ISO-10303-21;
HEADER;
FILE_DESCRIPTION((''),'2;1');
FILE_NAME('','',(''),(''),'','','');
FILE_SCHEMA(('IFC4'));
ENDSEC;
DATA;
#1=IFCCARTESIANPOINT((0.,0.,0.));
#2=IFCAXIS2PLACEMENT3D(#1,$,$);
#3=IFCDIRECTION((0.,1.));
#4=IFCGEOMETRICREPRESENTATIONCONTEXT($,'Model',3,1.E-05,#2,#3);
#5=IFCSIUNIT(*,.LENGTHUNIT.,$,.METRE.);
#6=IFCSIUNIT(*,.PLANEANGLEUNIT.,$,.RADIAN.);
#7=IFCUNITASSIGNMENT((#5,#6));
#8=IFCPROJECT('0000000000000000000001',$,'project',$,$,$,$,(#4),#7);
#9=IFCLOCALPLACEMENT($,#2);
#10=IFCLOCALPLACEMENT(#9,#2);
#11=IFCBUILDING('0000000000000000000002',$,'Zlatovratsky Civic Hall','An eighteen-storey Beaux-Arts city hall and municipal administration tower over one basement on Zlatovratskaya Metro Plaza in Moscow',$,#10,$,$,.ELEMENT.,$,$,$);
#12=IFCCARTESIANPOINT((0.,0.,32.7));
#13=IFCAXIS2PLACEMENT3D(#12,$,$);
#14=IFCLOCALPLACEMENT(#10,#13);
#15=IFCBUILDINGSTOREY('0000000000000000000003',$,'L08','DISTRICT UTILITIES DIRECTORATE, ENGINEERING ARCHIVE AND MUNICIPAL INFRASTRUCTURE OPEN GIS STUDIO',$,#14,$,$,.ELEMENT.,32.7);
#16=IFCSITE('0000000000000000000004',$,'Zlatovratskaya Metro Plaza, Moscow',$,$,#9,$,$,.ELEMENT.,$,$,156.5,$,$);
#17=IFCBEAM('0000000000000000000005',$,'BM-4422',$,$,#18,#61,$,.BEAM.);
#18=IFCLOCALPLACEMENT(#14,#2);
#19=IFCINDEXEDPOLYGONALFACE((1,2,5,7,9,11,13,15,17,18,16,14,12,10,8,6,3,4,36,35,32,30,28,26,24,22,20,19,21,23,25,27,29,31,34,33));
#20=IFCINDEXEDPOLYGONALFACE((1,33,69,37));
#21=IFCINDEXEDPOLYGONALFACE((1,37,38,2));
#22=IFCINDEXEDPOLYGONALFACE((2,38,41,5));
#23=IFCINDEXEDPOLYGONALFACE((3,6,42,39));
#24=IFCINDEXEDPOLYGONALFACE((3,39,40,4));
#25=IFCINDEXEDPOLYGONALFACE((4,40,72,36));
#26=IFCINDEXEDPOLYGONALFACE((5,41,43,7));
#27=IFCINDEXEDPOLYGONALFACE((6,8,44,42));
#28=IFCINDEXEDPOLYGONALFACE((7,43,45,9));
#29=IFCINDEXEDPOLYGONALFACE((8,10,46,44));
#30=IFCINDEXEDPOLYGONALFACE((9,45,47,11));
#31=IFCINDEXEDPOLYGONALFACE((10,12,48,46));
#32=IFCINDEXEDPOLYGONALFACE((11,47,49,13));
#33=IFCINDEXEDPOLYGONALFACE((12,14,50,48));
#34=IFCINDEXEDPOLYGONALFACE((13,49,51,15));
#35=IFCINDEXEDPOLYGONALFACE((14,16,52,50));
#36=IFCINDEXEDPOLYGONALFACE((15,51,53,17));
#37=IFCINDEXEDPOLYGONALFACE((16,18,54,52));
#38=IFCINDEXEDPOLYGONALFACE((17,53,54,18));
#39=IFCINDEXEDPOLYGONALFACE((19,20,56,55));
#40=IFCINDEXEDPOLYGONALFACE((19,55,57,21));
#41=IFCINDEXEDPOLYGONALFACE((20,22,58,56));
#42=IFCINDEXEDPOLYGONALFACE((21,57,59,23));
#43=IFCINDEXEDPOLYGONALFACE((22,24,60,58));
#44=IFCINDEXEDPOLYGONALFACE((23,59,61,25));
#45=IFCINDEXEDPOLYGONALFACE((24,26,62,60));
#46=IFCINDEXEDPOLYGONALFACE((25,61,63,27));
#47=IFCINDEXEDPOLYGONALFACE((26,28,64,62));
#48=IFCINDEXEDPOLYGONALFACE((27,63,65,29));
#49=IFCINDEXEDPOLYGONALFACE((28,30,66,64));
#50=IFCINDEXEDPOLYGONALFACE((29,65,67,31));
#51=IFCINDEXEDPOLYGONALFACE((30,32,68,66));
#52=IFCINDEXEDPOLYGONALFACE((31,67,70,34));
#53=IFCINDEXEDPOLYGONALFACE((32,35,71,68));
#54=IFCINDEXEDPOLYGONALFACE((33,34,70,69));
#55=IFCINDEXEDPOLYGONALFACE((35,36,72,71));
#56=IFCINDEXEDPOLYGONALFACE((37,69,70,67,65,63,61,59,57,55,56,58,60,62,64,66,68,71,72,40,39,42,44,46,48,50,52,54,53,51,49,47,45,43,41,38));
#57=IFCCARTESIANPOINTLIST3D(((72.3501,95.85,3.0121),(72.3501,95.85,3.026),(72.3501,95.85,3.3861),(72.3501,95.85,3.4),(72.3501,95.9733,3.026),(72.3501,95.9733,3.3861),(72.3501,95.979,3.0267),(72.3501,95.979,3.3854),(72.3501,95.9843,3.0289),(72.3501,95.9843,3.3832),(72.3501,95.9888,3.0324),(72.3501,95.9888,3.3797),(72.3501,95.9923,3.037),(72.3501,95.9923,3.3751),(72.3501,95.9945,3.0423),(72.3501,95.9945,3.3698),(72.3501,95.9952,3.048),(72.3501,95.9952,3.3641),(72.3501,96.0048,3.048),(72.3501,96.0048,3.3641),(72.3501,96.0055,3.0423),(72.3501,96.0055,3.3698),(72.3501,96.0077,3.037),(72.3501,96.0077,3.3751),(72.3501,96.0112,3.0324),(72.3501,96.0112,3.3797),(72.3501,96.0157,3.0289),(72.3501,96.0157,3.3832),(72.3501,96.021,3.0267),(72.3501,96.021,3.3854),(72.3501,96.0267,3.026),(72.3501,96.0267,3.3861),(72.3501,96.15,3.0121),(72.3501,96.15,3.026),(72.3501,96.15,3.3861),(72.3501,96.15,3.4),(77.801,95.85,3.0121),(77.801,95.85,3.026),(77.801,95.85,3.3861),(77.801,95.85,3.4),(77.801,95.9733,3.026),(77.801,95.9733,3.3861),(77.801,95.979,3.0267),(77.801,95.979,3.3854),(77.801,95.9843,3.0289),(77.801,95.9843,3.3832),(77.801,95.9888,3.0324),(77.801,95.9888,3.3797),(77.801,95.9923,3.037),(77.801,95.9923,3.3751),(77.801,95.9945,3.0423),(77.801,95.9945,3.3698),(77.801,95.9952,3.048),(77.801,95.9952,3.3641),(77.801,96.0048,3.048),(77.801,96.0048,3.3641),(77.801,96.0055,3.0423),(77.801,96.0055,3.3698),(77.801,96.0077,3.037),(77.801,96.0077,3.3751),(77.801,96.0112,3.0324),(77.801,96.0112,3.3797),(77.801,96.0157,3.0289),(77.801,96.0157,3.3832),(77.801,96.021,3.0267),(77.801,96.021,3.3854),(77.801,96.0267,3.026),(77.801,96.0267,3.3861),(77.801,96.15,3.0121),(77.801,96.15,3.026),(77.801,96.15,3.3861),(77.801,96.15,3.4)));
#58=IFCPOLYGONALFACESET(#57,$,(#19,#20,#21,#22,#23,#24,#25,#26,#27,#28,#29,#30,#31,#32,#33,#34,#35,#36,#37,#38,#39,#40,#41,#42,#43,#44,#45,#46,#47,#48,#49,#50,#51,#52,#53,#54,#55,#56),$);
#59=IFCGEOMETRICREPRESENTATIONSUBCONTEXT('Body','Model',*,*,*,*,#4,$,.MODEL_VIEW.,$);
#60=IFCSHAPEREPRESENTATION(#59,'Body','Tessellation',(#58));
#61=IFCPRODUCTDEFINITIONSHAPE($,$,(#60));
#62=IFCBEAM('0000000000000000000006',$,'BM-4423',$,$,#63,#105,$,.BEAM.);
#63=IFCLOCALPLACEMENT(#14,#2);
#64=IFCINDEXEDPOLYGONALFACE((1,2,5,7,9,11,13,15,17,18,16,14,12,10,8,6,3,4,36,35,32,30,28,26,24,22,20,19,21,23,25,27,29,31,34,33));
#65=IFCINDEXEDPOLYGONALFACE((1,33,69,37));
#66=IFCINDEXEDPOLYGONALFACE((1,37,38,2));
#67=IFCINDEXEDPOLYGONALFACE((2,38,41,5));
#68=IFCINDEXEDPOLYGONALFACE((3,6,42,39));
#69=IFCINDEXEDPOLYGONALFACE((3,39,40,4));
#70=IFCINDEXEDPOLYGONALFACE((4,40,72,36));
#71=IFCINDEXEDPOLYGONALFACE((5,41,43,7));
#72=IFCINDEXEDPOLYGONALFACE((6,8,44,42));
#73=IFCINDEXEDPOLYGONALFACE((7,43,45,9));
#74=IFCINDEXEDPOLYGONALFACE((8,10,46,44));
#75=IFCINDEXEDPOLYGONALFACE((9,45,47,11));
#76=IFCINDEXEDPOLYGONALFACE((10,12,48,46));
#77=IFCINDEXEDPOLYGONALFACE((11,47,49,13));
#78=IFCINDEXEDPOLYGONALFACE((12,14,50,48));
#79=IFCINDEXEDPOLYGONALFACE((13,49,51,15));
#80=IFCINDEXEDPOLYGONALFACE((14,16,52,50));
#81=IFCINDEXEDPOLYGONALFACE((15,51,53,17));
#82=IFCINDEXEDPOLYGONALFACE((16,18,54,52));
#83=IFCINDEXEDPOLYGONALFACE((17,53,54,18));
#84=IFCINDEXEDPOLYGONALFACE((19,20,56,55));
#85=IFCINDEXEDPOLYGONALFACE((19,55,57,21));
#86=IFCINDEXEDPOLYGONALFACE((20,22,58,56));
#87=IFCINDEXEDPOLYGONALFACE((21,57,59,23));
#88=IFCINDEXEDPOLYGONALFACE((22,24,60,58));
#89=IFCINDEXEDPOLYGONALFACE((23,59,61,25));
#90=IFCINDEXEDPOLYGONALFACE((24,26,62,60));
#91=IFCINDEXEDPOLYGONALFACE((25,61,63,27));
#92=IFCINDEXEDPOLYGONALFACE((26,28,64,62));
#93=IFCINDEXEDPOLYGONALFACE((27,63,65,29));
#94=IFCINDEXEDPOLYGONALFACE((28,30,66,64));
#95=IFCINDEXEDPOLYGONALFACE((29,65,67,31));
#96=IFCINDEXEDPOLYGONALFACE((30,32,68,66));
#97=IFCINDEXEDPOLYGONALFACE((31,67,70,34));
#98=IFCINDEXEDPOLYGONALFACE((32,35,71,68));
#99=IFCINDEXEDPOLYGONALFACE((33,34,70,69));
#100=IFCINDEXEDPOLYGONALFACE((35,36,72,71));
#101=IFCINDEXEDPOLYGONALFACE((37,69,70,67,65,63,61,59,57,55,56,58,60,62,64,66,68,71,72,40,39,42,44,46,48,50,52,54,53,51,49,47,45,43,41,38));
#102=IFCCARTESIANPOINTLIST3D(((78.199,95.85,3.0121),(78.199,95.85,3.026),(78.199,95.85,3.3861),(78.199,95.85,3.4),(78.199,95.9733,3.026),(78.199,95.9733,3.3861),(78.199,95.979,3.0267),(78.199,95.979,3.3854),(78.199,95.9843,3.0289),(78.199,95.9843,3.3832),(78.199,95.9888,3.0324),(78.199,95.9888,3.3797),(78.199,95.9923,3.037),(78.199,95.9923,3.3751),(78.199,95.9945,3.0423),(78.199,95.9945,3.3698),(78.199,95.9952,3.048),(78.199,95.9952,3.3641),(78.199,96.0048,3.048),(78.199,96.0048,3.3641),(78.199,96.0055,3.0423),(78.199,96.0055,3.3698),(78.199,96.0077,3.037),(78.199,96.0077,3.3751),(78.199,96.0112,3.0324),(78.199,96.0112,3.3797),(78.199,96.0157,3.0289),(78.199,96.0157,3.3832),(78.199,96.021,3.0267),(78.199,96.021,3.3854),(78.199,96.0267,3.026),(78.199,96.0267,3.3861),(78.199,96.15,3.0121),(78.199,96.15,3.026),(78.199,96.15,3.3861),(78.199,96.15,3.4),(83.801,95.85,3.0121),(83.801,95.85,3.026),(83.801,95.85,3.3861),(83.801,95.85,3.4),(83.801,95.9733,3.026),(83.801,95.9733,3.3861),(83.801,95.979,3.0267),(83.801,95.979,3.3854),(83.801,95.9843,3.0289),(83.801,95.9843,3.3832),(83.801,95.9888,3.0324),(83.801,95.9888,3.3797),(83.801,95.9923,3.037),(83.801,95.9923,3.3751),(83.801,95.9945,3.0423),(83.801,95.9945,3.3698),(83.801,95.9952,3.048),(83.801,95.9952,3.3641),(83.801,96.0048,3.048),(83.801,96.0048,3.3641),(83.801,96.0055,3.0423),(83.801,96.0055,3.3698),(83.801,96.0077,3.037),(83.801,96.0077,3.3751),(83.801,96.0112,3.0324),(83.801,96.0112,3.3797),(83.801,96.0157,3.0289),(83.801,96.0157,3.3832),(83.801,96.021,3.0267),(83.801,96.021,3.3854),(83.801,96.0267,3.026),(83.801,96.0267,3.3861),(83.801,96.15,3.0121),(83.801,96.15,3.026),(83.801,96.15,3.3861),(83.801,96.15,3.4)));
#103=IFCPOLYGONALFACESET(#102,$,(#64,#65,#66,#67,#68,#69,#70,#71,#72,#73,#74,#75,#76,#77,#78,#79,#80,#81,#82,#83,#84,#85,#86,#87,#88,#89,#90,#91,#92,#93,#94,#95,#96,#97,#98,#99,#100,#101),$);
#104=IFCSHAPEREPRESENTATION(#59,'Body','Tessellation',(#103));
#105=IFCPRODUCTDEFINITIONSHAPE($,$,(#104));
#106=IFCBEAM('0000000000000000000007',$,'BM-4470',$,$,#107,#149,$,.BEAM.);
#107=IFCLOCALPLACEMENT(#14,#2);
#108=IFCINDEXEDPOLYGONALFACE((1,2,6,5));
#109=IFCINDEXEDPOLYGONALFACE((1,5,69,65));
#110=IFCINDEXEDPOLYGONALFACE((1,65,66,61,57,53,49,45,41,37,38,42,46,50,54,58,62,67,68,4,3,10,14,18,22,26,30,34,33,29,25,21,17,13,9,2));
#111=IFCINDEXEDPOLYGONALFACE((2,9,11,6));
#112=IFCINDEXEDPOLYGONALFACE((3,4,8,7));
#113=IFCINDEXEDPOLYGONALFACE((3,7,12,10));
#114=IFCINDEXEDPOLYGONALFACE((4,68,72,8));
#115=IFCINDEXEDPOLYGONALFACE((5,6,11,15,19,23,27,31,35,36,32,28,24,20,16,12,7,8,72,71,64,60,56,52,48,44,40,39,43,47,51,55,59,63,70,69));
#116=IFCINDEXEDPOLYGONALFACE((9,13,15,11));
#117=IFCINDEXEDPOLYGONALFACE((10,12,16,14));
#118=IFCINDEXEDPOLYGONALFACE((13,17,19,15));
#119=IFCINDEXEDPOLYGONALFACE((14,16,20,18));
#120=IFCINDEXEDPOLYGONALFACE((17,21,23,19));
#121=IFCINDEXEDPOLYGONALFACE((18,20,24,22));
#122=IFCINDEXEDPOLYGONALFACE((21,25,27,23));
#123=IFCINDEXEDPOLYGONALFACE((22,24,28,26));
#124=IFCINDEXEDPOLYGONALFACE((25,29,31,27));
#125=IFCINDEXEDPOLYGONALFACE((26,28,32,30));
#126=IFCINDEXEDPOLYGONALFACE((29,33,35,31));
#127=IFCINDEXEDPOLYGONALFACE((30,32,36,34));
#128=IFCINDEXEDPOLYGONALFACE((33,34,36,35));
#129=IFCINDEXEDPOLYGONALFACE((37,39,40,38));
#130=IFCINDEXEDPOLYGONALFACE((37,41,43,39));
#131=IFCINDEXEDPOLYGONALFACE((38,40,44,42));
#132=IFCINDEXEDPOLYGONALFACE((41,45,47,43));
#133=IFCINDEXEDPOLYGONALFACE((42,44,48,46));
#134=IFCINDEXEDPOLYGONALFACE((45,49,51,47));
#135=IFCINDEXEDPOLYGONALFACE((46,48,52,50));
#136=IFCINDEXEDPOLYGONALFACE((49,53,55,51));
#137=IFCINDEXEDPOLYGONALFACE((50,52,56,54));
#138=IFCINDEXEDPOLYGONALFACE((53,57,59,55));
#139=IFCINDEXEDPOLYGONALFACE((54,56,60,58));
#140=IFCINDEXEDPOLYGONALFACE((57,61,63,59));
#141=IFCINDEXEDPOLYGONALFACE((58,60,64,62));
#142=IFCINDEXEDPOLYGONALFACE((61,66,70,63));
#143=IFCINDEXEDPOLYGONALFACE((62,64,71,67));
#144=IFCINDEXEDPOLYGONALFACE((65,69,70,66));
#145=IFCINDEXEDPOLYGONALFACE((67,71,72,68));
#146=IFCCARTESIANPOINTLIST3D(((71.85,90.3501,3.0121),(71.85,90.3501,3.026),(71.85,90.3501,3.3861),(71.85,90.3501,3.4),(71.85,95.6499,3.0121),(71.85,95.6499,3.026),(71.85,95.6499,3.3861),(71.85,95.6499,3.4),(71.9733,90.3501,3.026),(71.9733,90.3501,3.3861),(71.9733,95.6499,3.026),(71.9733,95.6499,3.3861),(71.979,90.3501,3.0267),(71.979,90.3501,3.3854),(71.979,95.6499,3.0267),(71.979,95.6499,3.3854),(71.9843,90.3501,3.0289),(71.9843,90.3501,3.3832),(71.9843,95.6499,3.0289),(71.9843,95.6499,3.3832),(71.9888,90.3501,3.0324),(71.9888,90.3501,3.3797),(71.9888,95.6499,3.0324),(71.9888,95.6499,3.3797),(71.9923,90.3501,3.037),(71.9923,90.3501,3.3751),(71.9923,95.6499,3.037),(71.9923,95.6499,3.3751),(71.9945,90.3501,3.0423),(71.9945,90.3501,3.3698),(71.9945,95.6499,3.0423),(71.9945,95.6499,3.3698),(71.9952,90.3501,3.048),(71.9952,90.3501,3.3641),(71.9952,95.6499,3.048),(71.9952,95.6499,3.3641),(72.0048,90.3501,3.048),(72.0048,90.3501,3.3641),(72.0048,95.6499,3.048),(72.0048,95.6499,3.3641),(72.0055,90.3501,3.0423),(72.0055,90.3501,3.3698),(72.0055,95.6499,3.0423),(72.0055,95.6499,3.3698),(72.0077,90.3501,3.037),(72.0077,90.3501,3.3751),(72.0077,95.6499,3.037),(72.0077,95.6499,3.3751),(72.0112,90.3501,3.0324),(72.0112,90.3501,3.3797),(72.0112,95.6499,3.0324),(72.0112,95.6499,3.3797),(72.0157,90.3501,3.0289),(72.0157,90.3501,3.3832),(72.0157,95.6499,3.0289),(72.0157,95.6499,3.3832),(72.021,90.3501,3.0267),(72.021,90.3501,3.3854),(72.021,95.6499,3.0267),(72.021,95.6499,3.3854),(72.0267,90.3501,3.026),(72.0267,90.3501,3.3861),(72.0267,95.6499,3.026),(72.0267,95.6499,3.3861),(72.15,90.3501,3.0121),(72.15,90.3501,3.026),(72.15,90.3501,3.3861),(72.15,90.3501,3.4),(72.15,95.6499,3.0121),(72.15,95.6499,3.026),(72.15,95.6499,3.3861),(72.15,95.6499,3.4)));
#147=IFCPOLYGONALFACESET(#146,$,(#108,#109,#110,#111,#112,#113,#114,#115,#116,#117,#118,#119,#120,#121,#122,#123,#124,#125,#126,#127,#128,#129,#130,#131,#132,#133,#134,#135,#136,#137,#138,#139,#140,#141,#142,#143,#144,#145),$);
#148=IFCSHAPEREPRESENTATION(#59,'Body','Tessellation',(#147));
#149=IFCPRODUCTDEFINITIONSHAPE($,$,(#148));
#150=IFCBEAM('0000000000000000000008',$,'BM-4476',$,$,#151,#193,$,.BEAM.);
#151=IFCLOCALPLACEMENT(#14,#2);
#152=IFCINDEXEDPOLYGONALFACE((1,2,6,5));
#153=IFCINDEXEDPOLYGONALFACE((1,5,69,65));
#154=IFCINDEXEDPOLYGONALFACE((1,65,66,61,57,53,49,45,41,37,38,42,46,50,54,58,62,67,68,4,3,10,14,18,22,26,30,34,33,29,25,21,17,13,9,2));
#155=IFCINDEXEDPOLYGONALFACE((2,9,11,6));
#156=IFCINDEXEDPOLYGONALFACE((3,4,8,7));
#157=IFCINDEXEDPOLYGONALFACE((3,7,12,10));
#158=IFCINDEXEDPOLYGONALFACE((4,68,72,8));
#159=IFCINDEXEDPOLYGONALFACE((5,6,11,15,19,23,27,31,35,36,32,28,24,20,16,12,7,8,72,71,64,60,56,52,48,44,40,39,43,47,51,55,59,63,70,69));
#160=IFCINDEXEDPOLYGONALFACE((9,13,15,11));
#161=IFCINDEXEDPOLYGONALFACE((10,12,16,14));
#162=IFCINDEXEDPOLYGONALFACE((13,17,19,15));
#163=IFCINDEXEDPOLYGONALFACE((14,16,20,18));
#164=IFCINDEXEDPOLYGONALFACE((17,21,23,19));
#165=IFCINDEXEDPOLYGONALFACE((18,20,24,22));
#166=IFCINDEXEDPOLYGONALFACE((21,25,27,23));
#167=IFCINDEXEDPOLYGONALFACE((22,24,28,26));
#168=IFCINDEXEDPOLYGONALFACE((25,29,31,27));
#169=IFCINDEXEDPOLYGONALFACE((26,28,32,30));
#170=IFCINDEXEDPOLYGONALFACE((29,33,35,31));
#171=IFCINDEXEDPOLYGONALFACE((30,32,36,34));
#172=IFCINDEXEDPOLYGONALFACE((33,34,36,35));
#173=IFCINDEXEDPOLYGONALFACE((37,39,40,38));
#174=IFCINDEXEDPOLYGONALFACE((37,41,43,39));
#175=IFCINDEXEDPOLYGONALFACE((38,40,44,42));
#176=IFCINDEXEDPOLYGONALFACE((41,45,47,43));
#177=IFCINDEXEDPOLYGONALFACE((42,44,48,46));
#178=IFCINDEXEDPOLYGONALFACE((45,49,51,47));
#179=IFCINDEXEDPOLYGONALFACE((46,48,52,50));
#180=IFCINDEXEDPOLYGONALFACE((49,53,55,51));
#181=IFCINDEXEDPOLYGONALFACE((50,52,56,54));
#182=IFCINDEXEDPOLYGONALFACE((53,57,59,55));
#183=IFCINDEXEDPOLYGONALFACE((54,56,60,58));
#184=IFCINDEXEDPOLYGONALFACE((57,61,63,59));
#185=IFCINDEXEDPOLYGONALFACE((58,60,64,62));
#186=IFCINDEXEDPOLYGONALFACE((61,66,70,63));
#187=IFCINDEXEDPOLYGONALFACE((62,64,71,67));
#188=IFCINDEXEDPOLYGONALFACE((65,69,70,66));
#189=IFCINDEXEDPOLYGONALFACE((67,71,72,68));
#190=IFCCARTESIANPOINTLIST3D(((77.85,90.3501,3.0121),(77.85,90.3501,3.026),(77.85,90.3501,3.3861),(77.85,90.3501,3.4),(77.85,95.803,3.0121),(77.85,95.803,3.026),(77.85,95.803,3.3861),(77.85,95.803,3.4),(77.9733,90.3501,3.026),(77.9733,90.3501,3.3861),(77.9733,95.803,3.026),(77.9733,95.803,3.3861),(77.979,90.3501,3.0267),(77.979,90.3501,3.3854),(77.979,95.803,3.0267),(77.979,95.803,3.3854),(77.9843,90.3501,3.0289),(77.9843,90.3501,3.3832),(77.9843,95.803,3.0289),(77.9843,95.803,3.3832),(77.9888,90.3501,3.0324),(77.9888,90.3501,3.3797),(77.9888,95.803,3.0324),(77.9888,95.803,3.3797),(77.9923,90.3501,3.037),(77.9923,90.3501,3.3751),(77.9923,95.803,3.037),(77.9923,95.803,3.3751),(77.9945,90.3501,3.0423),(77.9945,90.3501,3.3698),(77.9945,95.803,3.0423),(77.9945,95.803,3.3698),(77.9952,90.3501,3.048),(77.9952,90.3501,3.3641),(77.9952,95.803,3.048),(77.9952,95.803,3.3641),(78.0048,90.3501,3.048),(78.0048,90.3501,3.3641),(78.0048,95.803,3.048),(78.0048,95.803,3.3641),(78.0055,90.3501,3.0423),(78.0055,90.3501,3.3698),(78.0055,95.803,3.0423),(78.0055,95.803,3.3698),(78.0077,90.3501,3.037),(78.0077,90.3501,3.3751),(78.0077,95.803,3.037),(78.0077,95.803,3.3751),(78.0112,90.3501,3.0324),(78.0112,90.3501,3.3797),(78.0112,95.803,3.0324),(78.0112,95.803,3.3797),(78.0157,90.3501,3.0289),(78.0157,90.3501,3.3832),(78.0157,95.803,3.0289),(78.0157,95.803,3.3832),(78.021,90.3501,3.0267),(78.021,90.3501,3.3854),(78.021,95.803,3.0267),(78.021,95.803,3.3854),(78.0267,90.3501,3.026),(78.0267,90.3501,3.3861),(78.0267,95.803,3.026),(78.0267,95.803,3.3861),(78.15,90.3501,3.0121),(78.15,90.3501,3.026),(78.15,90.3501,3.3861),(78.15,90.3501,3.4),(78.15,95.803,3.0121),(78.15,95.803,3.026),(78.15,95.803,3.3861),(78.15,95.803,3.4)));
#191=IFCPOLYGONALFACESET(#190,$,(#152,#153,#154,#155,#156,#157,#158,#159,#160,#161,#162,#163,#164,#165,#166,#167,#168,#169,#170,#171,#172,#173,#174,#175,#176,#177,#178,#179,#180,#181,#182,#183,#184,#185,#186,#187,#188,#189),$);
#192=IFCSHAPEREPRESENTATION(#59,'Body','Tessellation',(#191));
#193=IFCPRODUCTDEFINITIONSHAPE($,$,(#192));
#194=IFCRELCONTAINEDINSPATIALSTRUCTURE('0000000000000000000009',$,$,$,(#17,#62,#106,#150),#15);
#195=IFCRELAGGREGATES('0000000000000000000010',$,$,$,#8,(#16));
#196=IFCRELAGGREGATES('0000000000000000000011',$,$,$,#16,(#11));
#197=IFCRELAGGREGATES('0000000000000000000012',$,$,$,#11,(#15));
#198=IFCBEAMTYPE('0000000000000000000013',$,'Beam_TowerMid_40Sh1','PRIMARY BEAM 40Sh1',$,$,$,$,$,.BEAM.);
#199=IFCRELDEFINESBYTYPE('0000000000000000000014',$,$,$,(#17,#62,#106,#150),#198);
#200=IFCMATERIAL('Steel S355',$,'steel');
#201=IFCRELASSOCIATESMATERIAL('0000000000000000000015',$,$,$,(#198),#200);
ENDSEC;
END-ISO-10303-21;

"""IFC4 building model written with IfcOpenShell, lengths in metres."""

from ifc_helpers import new_model, si_unit, direction, frame, origin, origin_2d, place, context, subcontext, project, spatial, i_section, extrude, material, material_profile, profile_set, type_object, element, save


model = new_model("IFC4")

# Units and contexts
model_context = context("Model", 3, precision=1e-05, world=origin(), true_north=direction((0.0, 1.0)))
body_context = subcontext(model_context, "Body", "Model", "MODEL_VIEW")
ifc_project = project(units=[si_unit("LENGTHUNIT", "METRE"), si_unit("PLANEANGLEUNIT", "RADIAN")], contexts=[model_context])

# Site, building, storey
site_placement = place(None, origin())
site = spatial("IfcSite", under=ifc_project, at=site_placement, Name="Zlatovratskaya Metro Plaza, Moscow", CompositionType="ELEMENT", RefElevation=156.5)
building_placement = place(site_placement, origin())
building = spatial("IfcBuilding", under=site, at=building_placement, Name="Zlatovratsky Civic Hall", Description="An eighteen-storey Beaux-Arts city hall and municipal administration tower over one basement on Zlatovratskaya Metro Plaza in Moscow", CompositionType="ELEMENT")
storey_placement = place(building_placement, frame((0.0, 0.0, 32.7)))
storey = spatial("IfcBuildingStorey", under=building, at=storey_placement, Name="L08", Description="DISTRICT UTILITIES DIRECTORATE, ENGINEERING ARCHIVE AND MUNICIPAL INFRASTRUCTURE OPEN GIS STUDIO", CompositionType="ELEMENT", Elevation=32.7)

# Shared definitions
ifc_material_1 = material(Name="Steel S355", Category="steel")

# Beams
ifc_material_profile_1 = material_profile(ifc_material_1, i_section(OverallWidth=0.3, OverallDepth=0.3879, WebThickness=0.0095, FlangeThickness=0.0139, FilletRadius=0.022, at=origin_2d()), Name="40Sh1")
ifc_profile_set_1 = profile_set([ifc_material_profile_1], Name="Steel S355")
beam_type_1 = type_object("IfcBeamType", Name="Beam_TowerMid_40Sh1", Description="PRIMARY BEAM 40Sh1", PredefinedType="BEAM", material=ifc_profile_set_1)
beam_1_placement = place(storey_placement, frame((72.3501, 96.0, 3.2061), z_axis=(1.0, 0.0, 0.0), x_axis=(0.0, 1.0, 0.0)))
element("IfcBeam", 1, at=beam_1_placement, inside=storey, type_object=beam_type_1, Name="BM-4422", PredefinedType="BEAM", context=body_context, shape_type="SweptSolid", body=[
    extrude(i_section(OverallWidth=0.3, OverallDepth=0.3879, WebThickness=0.0095, FlangeThickness=0.0139, FilletRadius=0.022, at=origin_2d()), origin(), (0.0, 0.0, 1.0), 5.4509),
])
beam_2_placement = place(storey_placement, frame((78.199, 96.0, 3.2061), z_axis=(1.0, 0.0, 0.0), x_axis=(0.0, 1.0, 0.0)))
element("IfcBeam", 2, at=beam_2_placement, inside=storey, type_object=beam_type_1, Name="BM-4423", PredefinedType="BEAM", context=body_context, shape_type="SweptSolid", body=[
    extrude(i_section(OverallWidth=0.3, OverallDepth=0.3879, WebThickness=0.0095, FlangeThickness=0.0139, FilletRadius=0.022, at=origin_2d()), origin(), (0.0, 0.0, 1.0), 5.6021),
])
beam_3_placement = place(storey_placement, frame((72.0, 90.3501, 3.2061), z_axis=(0.0, 1.0, 0.0), x_axis=(-1.0, 0.0, 0.0)))
element("IfcBeam", 3, at=beam_3_placement, inside=storey, type_object=beam_type_1, Name="BM-4470", PredefinedType="BEAM", context=body_context, shape_type="SweptSolid", body=[
    extrude(i_section(OverallWidth=0.3, OverallDepth=0.3879, WebThickness=0.0095, FlangeThickness=0.0139, FilletRadius=0.022, at=origin_2d()), origin(), (0.0, 0.0, 1.0), 5.2998),
])
beam_4_placement = place(storey_placement, frame((78.0, 90.3501, 3.2061), z_axis=(0.0, 1.0, 0.0), x_axis=(-1.0, 0.0, 0.0)))
element("IfcBeam", 4, at=beam_4_placement, inside=storey, type_object=beam_type_1, Name="BM-4476", PredefinedType="BEAM", context=body_context, shape_type="SweptSolid", body=[
    extrude(i_section(OverallWidth=0.3, OverallDepth=0.3879, WebThickness=0.0095, FlangeThickness=0.0139, FilletRadius=0.022, at=origin_2d()), origin(), (0.0, 0.0, 1.0), 5.4529),
])

save(model, "model.ifc")
